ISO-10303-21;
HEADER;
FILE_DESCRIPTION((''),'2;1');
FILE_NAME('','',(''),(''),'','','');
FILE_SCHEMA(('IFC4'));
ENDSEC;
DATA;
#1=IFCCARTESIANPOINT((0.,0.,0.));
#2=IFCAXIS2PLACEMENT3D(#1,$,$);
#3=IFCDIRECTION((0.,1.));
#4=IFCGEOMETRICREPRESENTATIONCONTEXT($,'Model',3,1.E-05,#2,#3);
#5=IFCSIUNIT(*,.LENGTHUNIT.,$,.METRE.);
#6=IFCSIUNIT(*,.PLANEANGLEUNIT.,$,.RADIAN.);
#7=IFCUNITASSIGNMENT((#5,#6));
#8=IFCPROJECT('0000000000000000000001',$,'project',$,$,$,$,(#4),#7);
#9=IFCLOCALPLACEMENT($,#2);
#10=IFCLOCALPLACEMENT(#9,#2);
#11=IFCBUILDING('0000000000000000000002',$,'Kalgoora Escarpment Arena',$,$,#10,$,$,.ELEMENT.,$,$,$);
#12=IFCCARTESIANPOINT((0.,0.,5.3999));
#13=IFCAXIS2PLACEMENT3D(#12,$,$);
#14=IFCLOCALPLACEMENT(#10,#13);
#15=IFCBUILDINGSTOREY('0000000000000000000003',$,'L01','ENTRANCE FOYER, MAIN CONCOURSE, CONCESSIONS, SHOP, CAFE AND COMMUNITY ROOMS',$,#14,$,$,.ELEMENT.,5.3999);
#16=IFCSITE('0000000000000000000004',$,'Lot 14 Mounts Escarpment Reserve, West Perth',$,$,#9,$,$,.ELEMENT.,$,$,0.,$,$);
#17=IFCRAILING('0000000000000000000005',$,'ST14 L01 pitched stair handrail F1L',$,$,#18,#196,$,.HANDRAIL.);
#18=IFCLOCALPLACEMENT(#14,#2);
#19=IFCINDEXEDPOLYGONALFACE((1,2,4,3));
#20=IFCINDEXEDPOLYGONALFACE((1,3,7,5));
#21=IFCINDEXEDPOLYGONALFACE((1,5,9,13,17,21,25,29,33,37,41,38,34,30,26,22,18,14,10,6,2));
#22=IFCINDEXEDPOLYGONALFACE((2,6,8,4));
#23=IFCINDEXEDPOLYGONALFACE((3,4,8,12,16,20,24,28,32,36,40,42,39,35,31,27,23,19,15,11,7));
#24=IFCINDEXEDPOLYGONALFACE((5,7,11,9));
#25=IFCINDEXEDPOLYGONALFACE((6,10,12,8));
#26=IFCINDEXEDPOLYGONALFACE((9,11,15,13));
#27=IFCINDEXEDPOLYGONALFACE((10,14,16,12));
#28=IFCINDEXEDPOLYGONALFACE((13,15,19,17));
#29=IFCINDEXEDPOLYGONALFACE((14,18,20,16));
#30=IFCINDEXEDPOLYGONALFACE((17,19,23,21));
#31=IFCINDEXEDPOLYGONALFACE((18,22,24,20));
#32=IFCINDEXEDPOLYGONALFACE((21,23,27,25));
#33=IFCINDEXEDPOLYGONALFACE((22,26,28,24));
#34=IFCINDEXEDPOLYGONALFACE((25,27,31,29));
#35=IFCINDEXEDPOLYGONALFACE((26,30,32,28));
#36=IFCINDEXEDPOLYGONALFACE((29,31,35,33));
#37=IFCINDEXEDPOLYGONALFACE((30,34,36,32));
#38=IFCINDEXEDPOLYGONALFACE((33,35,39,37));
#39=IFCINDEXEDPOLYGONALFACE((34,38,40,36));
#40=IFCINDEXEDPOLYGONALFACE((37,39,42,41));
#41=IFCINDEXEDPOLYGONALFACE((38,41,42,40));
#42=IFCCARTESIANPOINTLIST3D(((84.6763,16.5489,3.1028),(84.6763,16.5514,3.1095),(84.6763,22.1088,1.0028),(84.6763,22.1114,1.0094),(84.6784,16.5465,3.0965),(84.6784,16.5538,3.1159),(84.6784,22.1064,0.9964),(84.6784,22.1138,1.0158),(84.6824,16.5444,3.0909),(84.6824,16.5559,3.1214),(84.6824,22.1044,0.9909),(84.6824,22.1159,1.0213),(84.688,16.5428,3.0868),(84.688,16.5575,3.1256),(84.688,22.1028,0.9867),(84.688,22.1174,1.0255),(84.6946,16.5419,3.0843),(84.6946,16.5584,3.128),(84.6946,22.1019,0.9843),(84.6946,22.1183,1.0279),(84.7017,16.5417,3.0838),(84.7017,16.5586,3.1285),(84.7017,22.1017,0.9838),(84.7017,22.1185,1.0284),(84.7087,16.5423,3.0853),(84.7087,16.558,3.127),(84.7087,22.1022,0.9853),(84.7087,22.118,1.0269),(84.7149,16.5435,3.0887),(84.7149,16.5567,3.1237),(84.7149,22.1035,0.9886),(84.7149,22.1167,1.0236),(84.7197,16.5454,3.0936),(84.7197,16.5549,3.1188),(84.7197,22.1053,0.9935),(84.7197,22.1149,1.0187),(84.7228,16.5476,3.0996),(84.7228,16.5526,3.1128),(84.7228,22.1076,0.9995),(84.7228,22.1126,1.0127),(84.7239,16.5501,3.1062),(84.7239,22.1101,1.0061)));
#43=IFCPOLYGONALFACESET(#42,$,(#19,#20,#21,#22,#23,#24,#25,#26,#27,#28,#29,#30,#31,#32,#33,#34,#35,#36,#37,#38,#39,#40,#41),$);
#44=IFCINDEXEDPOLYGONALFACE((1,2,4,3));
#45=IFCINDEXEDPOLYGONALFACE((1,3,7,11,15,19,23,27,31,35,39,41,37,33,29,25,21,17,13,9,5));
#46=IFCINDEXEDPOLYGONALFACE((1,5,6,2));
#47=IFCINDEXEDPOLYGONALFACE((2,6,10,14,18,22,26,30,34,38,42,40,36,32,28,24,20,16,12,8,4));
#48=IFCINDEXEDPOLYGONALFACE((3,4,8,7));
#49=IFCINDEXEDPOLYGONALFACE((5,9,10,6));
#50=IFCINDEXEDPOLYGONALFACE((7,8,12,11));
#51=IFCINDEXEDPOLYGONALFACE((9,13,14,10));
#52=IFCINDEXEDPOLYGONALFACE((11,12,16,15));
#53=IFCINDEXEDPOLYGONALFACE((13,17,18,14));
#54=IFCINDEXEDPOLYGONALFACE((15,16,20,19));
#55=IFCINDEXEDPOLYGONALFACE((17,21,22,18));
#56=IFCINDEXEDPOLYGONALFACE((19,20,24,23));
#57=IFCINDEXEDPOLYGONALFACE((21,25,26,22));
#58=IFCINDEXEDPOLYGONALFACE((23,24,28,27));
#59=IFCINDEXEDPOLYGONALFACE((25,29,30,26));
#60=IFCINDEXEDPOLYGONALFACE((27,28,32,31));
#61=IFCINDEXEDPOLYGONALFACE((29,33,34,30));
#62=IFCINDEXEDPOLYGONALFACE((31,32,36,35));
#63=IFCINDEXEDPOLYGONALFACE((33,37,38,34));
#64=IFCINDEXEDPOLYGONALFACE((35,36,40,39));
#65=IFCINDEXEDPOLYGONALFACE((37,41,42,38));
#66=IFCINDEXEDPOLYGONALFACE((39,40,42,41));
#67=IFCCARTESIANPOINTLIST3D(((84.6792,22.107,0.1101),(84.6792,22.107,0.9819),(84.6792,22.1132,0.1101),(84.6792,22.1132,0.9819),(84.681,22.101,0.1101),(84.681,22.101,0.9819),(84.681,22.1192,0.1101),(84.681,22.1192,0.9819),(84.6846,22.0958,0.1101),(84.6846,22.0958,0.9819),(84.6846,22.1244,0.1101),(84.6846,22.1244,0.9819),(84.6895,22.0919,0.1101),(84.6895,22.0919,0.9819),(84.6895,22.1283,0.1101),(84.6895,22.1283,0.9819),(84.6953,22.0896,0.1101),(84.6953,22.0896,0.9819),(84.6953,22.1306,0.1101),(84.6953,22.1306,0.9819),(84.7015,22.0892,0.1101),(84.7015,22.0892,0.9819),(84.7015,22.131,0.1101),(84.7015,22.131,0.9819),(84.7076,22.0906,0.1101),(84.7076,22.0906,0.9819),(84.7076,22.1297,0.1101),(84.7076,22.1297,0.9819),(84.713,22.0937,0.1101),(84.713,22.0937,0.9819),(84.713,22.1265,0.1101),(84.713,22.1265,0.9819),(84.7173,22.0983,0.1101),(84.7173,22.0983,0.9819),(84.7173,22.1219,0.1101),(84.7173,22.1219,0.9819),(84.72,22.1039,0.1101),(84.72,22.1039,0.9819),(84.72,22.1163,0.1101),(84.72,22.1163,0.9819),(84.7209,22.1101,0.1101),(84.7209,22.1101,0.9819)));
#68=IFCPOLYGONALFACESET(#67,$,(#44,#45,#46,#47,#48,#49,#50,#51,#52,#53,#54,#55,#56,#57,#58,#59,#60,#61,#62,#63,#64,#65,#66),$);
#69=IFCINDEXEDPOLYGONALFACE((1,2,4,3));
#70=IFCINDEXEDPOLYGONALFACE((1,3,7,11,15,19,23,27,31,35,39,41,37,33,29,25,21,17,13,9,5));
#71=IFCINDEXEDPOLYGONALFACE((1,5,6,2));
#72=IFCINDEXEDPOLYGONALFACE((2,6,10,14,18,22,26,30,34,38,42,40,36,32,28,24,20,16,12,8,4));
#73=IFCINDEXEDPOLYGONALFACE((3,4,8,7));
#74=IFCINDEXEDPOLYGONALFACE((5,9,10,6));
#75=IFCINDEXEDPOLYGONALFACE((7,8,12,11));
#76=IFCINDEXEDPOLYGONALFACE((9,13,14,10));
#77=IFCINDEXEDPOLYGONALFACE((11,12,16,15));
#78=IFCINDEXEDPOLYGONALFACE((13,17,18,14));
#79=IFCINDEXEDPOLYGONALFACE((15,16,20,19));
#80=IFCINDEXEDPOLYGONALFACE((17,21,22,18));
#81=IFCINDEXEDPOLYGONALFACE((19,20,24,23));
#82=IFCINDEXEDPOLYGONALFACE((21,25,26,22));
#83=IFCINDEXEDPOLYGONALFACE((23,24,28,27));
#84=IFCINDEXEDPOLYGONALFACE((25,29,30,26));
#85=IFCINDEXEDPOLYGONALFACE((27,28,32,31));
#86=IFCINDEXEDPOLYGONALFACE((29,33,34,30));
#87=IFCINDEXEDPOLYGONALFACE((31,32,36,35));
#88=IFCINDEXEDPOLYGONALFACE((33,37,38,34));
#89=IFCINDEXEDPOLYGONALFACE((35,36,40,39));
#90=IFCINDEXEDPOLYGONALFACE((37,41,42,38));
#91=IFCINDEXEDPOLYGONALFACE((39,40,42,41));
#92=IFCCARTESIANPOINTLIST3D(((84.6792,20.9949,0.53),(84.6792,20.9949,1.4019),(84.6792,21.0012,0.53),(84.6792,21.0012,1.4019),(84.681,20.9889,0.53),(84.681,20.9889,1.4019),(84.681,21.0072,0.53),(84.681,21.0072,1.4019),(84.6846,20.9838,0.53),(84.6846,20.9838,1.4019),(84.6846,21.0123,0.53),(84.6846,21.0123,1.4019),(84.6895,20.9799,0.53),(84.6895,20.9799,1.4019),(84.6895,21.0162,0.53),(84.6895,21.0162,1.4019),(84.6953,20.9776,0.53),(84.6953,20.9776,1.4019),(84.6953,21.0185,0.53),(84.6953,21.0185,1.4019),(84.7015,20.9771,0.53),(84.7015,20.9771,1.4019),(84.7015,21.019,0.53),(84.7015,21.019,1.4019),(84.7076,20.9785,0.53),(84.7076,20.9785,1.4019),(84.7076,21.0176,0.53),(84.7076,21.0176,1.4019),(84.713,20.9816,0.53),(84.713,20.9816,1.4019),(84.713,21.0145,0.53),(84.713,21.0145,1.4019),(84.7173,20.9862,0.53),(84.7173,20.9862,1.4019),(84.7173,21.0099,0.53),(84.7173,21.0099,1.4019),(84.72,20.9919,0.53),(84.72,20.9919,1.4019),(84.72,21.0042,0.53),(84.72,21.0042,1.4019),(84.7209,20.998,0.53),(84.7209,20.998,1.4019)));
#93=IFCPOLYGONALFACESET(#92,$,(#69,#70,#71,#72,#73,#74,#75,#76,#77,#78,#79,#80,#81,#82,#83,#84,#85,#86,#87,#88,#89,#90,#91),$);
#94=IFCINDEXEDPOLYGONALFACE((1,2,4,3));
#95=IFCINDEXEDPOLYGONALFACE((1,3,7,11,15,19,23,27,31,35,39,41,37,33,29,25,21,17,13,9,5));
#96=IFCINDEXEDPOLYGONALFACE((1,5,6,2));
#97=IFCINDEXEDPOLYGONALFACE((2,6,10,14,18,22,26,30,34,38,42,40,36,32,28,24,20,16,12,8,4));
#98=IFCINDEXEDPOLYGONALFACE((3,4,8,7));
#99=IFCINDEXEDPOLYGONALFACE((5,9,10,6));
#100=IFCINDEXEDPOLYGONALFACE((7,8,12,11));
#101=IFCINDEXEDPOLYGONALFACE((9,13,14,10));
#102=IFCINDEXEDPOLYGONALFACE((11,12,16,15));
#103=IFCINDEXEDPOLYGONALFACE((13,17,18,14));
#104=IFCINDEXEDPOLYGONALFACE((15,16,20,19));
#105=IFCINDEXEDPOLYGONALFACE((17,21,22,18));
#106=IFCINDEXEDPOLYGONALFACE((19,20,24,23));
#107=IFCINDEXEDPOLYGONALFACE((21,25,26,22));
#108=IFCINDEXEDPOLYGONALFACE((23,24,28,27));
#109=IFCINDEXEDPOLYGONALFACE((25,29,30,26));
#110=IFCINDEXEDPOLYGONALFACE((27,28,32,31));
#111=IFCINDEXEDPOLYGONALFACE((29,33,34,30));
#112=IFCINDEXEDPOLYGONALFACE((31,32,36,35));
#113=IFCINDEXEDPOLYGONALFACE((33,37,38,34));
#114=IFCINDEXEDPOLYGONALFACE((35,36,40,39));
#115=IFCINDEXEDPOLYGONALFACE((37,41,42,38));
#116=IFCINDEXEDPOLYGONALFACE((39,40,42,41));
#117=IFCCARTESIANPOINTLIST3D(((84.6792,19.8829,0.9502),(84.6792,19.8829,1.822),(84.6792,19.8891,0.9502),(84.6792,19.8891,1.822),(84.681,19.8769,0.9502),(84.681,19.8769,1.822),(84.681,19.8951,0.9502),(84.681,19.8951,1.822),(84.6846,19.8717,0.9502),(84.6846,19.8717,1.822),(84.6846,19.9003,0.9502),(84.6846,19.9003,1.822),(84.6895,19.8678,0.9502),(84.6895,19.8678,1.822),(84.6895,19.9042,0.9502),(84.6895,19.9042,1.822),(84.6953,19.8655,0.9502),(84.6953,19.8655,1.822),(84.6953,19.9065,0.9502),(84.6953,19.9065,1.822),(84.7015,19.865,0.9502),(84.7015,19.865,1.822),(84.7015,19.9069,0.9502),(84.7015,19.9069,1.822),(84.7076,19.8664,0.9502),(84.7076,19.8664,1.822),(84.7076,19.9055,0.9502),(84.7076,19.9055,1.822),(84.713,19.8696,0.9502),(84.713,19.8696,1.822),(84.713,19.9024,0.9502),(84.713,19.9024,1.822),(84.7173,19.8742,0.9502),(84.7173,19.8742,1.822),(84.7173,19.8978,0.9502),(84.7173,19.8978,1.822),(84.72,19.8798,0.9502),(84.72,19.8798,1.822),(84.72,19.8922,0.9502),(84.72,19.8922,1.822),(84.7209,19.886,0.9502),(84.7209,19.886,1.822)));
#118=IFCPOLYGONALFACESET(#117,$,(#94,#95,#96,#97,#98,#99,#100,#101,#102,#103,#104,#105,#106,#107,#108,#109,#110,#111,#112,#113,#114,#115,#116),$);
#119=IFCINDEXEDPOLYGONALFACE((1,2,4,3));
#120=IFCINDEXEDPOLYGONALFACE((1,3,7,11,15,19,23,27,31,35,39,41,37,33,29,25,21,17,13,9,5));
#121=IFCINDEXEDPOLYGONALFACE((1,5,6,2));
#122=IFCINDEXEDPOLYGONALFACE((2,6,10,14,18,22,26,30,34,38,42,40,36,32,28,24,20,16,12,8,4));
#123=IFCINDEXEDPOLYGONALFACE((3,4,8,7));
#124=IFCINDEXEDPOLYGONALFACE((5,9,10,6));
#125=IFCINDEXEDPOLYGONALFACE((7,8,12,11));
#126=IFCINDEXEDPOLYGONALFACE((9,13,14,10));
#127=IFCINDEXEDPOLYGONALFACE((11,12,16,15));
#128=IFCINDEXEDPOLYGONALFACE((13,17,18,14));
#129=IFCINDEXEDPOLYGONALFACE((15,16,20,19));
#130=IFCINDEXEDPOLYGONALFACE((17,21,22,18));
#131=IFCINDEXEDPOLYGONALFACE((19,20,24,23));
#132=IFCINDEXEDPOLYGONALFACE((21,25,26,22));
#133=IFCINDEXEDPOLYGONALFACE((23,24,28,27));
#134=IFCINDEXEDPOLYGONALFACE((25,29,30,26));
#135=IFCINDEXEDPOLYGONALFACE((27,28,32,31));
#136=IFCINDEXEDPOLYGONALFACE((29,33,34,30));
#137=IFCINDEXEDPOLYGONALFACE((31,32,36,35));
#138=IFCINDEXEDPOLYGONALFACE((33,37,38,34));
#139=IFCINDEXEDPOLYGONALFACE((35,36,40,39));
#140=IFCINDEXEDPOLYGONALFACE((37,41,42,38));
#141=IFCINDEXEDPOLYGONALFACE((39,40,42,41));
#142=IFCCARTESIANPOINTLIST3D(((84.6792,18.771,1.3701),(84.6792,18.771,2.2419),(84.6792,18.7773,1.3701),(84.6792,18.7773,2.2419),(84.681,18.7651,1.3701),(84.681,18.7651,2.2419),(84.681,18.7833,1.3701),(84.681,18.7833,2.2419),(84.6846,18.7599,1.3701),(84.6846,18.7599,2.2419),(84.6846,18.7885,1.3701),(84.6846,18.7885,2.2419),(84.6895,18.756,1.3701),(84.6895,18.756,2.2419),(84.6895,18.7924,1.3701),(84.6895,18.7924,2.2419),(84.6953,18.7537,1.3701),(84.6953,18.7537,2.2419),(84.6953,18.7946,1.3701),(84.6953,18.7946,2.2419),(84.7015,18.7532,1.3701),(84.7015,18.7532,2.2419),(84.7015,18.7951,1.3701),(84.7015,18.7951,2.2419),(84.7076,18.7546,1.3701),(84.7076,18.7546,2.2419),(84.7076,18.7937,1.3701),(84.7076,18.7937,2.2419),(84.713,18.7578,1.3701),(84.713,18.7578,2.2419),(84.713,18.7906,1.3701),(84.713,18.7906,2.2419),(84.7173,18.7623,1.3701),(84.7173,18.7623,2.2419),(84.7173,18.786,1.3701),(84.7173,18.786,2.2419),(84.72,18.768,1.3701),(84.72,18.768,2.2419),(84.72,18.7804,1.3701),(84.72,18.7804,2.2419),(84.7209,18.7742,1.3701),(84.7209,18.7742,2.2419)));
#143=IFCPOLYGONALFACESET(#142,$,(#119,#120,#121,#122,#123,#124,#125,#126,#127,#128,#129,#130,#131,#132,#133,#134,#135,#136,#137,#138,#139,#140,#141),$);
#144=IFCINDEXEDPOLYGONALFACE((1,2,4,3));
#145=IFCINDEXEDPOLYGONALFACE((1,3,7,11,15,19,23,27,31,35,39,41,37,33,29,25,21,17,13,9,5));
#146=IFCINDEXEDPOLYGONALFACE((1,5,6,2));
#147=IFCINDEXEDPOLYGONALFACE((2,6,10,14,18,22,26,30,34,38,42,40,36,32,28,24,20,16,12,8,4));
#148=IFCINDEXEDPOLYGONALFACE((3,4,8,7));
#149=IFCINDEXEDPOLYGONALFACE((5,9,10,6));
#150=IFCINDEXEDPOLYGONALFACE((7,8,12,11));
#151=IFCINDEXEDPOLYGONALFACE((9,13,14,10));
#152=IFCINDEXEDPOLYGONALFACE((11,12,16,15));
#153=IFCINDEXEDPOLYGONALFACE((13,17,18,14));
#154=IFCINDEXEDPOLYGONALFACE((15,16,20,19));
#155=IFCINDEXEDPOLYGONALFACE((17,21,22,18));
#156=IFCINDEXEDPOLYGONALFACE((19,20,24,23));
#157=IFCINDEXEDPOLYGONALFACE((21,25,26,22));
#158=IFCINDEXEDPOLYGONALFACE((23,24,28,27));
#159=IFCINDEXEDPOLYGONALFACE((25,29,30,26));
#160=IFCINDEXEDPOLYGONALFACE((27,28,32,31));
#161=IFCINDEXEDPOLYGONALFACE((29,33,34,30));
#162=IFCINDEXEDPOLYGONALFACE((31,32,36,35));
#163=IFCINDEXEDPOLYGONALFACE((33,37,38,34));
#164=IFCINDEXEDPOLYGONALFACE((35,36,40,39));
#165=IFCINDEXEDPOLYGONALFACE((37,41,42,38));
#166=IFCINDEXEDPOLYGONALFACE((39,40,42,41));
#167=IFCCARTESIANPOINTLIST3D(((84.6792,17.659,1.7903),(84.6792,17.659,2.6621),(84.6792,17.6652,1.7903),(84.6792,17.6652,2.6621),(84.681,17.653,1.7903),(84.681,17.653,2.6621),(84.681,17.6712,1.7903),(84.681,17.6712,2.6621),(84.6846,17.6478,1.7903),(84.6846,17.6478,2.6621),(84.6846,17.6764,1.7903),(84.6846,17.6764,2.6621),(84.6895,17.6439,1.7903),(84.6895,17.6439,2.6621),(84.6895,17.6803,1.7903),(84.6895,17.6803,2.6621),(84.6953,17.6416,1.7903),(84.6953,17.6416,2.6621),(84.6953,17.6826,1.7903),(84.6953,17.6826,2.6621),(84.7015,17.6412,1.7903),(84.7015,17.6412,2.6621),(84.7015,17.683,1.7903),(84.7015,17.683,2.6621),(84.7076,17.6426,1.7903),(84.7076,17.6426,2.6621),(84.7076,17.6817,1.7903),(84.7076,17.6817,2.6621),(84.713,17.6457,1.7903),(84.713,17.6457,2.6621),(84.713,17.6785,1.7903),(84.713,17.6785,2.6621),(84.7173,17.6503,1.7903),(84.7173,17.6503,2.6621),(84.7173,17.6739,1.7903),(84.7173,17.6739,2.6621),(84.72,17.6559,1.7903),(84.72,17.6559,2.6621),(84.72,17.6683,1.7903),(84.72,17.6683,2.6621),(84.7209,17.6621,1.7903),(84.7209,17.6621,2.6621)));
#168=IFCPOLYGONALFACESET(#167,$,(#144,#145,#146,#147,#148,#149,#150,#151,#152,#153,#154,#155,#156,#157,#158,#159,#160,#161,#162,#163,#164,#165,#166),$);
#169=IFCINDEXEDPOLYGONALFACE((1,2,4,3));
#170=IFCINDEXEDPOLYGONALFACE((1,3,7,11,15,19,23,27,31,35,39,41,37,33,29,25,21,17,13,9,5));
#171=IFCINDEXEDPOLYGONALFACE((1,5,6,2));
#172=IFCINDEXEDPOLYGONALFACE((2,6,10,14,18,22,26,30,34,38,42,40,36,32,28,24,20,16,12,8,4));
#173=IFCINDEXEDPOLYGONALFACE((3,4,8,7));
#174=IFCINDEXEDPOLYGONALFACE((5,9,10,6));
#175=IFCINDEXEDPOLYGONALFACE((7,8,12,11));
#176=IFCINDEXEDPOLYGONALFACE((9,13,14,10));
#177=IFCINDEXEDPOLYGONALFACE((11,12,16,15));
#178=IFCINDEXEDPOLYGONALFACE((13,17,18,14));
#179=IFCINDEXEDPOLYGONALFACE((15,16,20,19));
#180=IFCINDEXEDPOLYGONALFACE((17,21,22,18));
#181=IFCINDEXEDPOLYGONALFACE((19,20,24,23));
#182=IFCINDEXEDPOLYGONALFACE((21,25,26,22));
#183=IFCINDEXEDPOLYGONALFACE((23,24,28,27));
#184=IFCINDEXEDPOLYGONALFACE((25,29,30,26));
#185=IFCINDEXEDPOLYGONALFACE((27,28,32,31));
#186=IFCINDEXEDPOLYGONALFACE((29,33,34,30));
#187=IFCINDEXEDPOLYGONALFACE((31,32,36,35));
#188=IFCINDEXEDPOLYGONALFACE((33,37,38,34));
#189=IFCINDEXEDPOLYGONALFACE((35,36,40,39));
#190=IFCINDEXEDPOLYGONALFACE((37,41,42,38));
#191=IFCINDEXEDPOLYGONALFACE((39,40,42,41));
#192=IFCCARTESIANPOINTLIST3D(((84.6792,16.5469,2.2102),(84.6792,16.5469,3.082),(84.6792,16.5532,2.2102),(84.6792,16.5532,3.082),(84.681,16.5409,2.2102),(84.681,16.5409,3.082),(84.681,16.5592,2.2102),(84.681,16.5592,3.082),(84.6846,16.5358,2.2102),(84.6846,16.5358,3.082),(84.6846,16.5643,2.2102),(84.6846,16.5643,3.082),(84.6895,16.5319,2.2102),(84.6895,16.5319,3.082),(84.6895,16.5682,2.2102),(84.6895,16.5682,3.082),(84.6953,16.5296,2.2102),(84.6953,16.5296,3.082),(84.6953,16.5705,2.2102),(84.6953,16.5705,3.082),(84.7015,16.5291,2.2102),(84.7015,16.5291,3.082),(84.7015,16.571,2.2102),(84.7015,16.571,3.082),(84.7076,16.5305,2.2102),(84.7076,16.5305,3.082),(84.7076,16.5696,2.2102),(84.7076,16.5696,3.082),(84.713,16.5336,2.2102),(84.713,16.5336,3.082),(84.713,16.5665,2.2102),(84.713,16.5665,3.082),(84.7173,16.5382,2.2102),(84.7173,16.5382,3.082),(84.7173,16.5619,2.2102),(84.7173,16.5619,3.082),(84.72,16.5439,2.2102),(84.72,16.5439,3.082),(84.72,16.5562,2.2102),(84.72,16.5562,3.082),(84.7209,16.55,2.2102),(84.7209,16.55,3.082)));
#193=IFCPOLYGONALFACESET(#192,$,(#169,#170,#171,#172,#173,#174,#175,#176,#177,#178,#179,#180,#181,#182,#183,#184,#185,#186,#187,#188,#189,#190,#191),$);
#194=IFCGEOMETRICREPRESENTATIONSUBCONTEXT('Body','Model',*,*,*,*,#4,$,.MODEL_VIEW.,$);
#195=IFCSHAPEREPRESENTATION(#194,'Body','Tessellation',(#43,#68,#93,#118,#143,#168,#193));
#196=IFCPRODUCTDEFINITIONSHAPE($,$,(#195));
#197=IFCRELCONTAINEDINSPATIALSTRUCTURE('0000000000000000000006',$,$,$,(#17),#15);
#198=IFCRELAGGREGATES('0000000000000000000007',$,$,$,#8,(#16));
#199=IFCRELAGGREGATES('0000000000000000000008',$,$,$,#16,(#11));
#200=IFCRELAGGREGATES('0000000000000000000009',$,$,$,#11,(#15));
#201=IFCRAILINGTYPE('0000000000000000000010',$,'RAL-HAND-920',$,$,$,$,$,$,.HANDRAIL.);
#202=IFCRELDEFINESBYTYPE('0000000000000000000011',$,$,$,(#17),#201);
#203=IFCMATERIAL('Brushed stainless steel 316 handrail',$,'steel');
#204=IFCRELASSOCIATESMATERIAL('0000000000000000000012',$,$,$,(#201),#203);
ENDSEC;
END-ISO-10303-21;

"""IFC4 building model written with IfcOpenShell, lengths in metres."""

from ifc_helpers import new_model, si_unit, direction, frame, origin, origin_2d, place, context, subcontext, project, spatial, circle, extrude, material, type_object, element, save


model = new_model("IFC4")

# Units and contexts
model_context = context("Model", 3, precision=1e-05, world=origin(), true_north=direction((0.0, 1.0)))
body_context = subcontext(model_context, "Body", "Model", "MODEL_VIEW")
ifc_project = project(units=[si_unit("LENGTHUNIT", "METRE"), si_unit("PLANEANGLEUNIT", "RADIAN")], contexts=[model_context])

# Site, building, storey
site_placement = place(None, origin())
site = spatial("IfcSite", under=ifc_project, at=site_placement, Name="Lot 14 Mounts Escarpment Reserve, West Perth", CompositionType="ELEMENT", RefElevation=0.0)
building_placement = place(site_placement, origin())
building = spatial("IfcBuilding", under=site, at=building_placement, Name="Kalgoora Escarpment Arena", CompositionType="ELEMENT")
storey_placement = place(building_placement, frame((0.0, 0.0, 5.3999)))
storey = spatial("IfcBuildingStorey", under=building, at=storey_placement, Name="L01", Description="ENTRANCE FOYER, MAIN CONCOURSE, CONCESSIONS, SHOP, CAFE AND COMMUNITY ROOMS", CompositionType="ELEMENT", Elevation=5.3999)

# Railing
ifc_material_1 = material(Name="Brushed stainless steel 316 handrail", Category="steel")
railing_type_1 = type_object("IfcRailingType", Name="RAL-HAND-920", PredefinedType="HANDRAIL", material=ifc_material_1)
for number, where, name in (
    (1, (84.7, 22.1101, 0.1101), "ST14 L01 pitched stair handrail F1L"),
):
    element("IfcRailing", number, at=place(storey_placement, frame(where)), inside=storey, type_object=railing_type_1, Name=name, PredefinedType="HANDRAIL", context=body_context, shape_type="SweptSolid", body=[
        extrude(circle(Radius=0.0239, at=origin_2d()), frame((0.0, 0.0, 0.896), z_axis=(0.0, -0.935493, 0.353346), x_axis=(1.0, 0.0, 0.0)), (0.0, 0.0, 1.0), 5.9434),
        extrude(circle(Radius=0.021, at=origin_2d()), origin(), (0.0, 0.0, 1.0), 0.8718),
        extrude(circle(Radius=0.021, at=origin_2d()), frame((0.0, -1.1121, 0.4199)), (0.0, 0.0, 1.0), 0.8718),
        extrude(circle(Radius=0.021, at=origin_2d()), frame((0.0, -2.2241, 0.8401)), (0.0, 0.0, 1.0), 0.8718),
        extrude(circle(Radius=0.021, at=origin_2d()), frame((0.0, -3.3359, 1.26)), (0.0, 0.0, 1.0), 0.8718),
        extrude(circle(Radius=0.021, at=origin_2d()), frame((0.0, -4.448, 1.6802)), (0.0, 0.0, 1.0), 0.8718),
        extrude(circle(Radius=0.021, at=origin_2d()), frame((0.0, -5.5601, 2.1001)), (0.0, 0.0, 1.0), 0.8718),
    ])

save(model, "model.ifc")
